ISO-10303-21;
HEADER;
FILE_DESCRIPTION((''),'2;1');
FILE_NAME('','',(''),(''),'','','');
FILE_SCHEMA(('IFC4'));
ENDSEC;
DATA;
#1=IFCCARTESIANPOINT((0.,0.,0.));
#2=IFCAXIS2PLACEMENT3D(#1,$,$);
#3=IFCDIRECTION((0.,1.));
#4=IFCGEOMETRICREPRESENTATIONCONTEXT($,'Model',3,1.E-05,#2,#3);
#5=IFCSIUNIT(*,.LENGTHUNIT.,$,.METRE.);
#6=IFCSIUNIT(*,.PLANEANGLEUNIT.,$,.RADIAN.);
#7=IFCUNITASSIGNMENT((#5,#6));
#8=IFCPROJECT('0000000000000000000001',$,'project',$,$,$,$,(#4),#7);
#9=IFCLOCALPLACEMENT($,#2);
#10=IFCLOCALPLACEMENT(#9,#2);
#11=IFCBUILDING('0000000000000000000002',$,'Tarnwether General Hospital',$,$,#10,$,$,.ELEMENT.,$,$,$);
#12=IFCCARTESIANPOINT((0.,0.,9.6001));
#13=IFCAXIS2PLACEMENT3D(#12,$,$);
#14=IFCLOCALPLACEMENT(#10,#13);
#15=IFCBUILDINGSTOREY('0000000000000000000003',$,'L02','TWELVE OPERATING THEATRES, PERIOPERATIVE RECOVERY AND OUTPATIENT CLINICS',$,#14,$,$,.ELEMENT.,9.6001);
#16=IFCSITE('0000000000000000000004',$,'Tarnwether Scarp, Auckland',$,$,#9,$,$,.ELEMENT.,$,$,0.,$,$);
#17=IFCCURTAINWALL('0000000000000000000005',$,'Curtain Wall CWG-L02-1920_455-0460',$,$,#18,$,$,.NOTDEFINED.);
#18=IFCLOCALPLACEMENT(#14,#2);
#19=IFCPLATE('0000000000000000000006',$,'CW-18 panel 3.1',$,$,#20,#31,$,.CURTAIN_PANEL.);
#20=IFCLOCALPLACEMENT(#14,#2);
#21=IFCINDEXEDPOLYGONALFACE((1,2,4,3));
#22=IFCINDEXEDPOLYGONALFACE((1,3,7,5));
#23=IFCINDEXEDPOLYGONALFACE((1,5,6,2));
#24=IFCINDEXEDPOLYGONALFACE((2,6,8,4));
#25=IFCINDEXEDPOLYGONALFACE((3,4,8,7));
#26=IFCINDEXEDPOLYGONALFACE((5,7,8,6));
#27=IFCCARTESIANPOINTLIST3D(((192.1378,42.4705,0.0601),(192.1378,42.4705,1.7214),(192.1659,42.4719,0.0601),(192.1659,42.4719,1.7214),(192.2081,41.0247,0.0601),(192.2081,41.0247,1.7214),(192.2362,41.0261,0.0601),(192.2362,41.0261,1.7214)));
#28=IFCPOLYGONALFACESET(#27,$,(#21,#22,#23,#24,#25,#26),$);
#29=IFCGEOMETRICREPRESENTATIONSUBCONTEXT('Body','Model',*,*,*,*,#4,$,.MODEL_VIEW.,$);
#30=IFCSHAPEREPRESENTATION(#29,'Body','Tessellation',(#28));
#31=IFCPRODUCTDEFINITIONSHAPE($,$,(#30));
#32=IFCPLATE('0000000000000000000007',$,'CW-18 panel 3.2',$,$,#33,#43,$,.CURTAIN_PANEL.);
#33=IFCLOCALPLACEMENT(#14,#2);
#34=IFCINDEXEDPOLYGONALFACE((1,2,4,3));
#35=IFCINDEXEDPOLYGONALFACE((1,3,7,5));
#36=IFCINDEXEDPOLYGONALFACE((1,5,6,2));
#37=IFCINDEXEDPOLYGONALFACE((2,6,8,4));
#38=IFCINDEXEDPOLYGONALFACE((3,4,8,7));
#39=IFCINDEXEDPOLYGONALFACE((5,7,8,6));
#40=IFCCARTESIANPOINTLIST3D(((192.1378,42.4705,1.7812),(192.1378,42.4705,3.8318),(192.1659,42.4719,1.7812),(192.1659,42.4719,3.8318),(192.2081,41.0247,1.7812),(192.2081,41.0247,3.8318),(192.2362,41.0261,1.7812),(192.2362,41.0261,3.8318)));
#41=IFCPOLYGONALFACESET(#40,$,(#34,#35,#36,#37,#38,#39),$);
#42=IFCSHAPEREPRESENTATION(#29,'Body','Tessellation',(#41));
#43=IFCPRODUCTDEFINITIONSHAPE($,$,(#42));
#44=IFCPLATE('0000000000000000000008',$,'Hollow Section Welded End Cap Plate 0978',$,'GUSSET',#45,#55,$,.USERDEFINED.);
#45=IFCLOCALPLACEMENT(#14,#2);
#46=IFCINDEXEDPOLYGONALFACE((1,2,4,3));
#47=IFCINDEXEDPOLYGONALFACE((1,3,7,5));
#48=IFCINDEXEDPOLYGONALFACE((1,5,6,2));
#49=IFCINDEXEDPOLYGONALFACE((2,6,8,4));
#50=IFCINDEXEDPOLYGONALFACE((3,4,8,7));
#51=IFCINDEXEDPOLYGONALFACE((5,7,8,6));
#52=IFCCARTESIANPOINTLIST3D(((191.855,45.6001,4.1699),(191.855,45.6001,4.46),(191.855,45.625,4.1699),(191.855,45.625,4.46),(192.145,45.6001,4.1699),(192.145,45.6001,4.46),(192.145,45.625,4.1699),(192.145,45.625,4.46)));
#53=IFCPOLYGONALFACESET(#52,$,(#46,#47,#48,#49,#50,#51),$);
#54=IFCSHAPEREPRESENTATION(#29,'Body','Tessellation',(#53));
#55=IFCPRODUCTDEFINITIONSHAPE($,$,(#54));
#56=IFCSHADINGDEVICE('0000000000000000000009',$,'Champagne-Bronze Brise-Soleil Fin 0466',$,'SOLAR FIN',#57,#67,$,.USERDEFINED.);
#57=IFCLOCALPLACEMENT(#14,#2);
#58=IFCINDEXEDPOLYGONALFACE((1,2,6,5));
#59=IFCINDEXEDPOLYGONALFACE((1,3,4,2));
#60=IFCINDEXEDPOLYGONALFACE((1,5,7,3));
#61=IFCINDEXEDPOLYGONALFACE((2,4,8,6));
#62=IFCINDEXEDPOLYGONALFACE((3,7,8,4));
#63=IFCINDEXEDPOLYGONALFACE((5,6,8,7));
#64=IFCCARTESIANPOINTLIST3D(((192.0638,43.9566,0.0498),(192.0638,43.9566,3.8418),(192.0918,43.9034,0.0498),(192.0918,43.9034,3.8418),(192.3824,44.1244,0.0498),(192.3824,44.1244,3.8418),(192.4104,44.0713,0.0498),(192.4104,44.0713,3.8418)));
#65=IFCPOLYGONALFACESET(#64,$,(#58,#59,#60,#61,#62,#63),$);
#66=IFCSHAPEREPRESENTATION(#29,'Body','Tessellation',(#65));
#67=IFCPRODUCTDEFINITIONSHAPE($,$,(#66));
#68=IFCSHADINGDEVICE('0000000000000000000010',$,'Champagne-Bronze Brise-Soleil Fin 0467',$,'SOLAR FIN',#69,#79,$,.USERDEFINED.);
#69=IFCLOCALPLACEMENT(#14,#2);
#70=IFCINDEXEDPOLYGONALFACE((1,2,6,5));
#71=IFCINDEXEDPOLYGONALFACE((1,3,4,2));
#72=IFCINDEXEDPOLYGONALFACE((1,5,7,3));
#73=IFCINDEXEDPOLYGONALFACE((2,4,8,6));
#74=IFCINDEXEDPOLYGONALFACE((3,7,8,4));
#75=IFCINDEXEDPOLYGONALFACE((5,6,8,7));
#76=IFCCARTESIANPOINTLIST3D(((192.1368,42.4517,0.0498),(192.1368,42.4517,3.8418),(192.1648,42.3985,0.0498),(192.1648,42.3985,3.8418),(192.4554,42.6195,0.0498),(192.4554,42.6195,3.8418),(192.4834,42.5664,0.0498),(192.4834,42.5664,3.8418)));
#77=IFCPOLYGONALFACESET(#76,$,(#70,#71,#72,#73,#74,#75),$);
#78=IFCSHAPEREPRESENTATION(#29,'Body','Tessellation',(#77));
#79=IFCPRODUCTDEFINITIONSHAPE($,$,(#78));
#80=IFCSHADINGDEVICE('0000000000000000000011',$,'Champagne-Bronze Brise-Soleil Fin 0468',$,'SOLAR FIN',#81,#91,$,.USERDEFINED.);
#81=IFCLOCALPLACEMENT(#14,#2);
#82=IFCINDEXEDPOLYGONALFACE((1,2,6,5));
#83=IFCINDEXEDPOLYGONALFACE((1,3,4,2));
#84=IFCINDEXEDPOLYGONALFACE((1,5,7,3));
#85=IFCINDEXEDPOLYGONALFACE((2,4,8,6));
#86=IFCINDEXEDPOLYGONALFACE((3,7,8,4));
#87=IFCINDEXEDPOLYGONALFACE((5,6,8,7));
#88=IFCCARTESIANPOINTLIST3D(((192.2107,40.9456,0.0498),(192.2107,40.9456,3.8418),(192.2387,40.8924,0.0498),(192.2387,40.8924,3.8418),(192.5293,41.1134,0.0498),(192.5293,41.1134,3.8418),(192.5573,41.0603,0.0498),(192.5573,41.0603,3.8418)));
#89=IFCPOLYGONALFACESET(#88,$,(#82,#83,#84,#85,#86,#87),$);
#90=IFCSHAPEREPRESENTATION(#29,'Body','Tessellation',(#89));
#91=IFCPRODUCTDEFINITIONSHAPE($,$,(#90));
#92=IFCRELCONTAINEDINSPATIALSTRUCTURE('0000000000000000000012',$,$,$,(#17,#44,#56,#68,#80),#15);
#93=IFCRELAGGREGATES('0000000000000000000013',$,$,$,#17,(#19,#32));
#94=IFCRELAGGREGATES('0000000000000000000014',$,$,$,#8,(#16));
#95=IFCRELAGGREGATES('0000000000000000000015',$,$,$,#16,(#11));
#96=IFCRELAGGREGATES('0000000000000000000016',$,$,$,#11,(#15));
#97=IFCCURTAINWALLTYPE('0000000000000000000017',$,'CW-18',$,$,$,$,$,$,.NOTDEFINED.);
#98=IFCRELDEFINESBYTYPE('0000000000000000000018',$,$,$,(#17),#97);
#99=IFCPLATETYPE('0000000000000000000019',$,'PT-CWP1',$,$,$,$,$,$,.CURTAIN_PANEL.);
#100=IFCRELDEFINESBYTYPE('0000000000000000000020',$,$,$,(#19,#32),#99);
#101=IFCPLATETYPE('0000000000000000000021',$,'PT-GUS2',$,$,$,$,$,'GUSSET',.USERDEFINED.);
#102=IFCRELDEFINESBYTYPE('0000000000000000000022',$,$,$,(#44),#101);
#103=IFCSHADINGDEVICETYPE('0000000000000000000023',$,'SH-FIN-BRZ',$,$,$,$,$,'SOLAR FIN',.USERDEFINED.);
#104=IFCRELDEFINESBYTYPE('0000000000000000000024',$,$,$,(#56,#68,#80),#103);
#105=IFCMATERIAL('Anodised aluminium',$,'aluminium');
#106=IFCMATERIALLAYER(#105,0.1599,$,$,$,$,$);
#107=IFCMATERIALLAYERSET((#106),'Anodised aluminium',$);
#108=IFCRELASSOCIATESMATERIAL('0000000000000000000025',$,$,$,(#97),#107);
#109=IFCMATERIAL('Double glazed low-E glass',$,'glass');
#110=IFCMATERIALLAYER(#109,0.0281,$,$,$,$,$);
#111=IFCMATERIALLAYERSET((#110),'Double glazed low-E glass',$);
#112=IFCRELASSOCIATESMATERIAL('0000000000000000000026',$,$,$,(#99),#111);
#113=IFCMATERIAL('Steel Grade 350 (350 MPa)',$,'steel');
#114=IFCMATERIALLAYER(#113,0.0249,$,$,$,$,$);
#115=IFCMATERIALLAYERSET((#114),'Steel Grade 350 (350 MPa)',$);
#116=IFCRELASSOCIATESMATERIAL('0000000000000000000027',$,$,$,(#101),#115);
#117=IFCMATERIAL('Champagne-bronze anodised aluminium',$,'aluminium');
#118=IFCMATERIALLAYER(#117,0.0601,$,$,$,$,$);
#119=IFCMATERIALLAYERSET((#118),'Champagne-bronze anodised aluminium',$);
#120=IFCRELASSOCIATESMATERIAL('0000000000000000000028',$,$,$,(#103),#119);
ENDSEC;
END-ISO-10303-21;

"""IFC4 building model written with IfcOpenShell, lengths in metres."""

from ifc_helpers import new_model, si_unit, direction, frame, origin, origin_2d, place, context, subcontext, project, spatial, rectangle, extrude, material, layer, layer_set, type_object, element, aggregate, save


model = new_model("IFC4")

# Units and contexts
model_context = context("Model", 3, precision=1e-05, world=origin(), true_north=direction((0.0, 1.0)))
body_context = subcontext(model_context, "Body", "Model", "MODEL_VIEW")
ifc_project = project(units=[si_unit("LENGTHUNIT", "METRE"), si_unit("PLANEANGLEUNIT", "RADIAN")], contexts=[model_context])

# Site, building, storey
site_placement = place(None, origin())
site = spatial("IfcSite", under=ifc_project, at=site_placement, Name="Tarnwether Scarp, Auckland", CompositionType="ELEMENT", RefElevation=0.0)
building_placement = place(site_placement, origin())
building = spatial("IfcBuilding", under=site, at=building_placement, Name="Tarnwether General Hospital", CompositionType="ELEMENT")
storey_placement = place(building_placement, frame((0.0, 0.0, 9.6001)))
storey = spatial("IfcBuildingStorey", under=building, at=storey_placement, Name="L02", Description="TWELVE OPERATING THEATRES, PERIOPERATIVE RECOVERY AND OUTPATIENT CLINICS", CompositionType="ELEMENT", Elevation=9.6001)

# Curtain wall
ifc_material_1 = material(Name="Anodised aluminium", Category="aluminium")
ifc_layer_1 = layer(ifc_material_1, 0.1599)
ifc_layer_set_1 = layer_set([ifc_layer_1], Name="Anodised aluminium")
curtain_wall_type = type_object("IfcCurtainWallType", Name="CW-18", PredefinedType="NOTDEFINED", material=ifc_layer_set_1)
curtain_wall_1_placement = place(storey_placement, origin())
curtain_wall_1 = element("IfcCurtainWall", 1, at=curtain_wall_1_placement, inside=storey, type_object=curtain_wall_type, Name="Curtain Wall CWG-L02-1920_455-0460", PredefinedType="NOTDEFINED")

# Plates
ifc_material_2 = material(Name="Double glazed low-E glass", Category="glass")
ifc_layer_2 = layer(ifc_material_2, 0.0281)
ifc_layer_set_2 = layer_set([ifc_layer_2], Name="Double glazed low-E glass")
plate_type_1 = type_object("IfcPlateType", Name="PT-CWP1", PredefinedType="CURTAIN_PANEL", material=ifc_layer_set_2)
plate_1_placement = place(storey_placement, frame((192.187, 41.7483, 0.0601), z_axis=(0.0, 0.0, 1.0), x_axis=(0.04856, -0.99882, 0.0)))
plate_1 = element("IfcPlate", 2, at=plate_1_placement, type_object=plate_type_1, Name="CW-18 panel 3.1", PredefinedType="CURTAIN_PANEL", context=body_context, shape_type="SweptSolid", body=[
    extrude(rectangle(XDim=1.4475, YDim=0.0281, at=origin_2d()), origin(), (0.0, 0.0, 1.0), 1.6614),
])
plate_2_placement = place(storey_placement, frame((192.187, 41.7483, 1.7812), z_axis=(0.0, 0.0, 1.0), x_axis=(0.04856, -0.99882, 0.0)))
plate_2 = element("IfcPlate", 3, at=plate_2_placement, type_object=plate_type_1, Name="CW-18 panel 3.2", PredefinedType="CURTAIN_PANEL", context=body_context, shape_type="SweptSolid", body=[
    extrude(rectangle(XDim=1.4475, YDim=0.0281, at=origin_2d()), origin(), (0.0, 0.0, 1.0), 2.0505),
])
aggregate(curtain_wall_1, [plate_1, plate_2])
ifc_material_3 = material(Name="Steel Grade 350 (350 MPa)", Category="steel")
ifc_layer_3 = layer(ifc_material_3, 0.0249)
ifc_layer_set_3 = layer_set([ifc_layer_3], Name="Steel Grade 350 (350 MPa)")
plate_type_2 = type_object("IfcPlateType", Name="PT-GUS2", ElementType="GUSSET", PredefinedType="USERDEFINED", material=ifc_layer_set_3)
plate_3_placement = place(storey_placement, frame((192.0, 45.6125, 4.1699), z_axis=(0.0, 0.0, 1.0), x_axis=(0.0, 1.0, 0.0)))
element("IfcPlate", 4, at=plate_3_placement, inside=storey, type_object=plate_type_2, Name="Hollow Section Welded End Cap Plate 0978", ObjectType="GUSSET", PredefinedType="USERDEFINED", context=body_context, shape_type="SweptSolid", body=[
    extrude(rectangle(XDim=0.0249, YDim=0.29, at=origin_2d()), origin(), (0.0, 0.0, 1.0), 0.29),
])

# Shading devices
ifc_material_4 = material(Name="Champagne-bronze anodised aluminium", Category="aluminium")
ifc_layer_4 = layer(ifc_material_4, 0.0601)
ifc_layer_set_4 = layer_set([ifc_layer_4], Name="Champagne-bronze anodised aluminium")
shading_device_type = type_object("IfcShadingDeviceType", Name="SH-FIN-BRZ", ElementType="SOLAR FIN", PredefinedType="USERDEFINED", material=ifc_layer_set_4)
for number, where, z_axis, x_axis, name in (
    (5, (192.2371, 44.0139, 0.0498), (0.0, 0.0, 1.0), (0.466078, -0.884744, 0.0), "Champagne-Bronze Brise-Soleil Fin 0466"),
    (6, (192.3101, 42.509, 0.0498), (0.0, 0.0, 1.0), (0.466078, -0.884744, 0.0), "Champagne-Bronze Brise-Soleil Fin 0467"),
    (7, (192.384, 41.0029, 0.0498), (0.0, 0.0, 1.0), (0.466078, -0.884744, 0.0), "Champagne-Bronze Brise-Soleil Fin 0468"),
):
    element("IfcShadingDevice", number, at=place(storey_placement, frame(where, z_axis=z_axis, x_axis=x_axis)), inside=storey, type_object=shading_device_type, Name=name, ObjectType="SOLAR FIN", PredefinedType="USERDEFINED", context=body_context, shape_type="SweptSolid", body=[
        extrude(rectangle(XDim=0.0601, YDim=0.3601, at=origin_2d()), origin(), (0.0, 0.0, 1.0), 3.792),
    ])

save(model, "model.ifc")
